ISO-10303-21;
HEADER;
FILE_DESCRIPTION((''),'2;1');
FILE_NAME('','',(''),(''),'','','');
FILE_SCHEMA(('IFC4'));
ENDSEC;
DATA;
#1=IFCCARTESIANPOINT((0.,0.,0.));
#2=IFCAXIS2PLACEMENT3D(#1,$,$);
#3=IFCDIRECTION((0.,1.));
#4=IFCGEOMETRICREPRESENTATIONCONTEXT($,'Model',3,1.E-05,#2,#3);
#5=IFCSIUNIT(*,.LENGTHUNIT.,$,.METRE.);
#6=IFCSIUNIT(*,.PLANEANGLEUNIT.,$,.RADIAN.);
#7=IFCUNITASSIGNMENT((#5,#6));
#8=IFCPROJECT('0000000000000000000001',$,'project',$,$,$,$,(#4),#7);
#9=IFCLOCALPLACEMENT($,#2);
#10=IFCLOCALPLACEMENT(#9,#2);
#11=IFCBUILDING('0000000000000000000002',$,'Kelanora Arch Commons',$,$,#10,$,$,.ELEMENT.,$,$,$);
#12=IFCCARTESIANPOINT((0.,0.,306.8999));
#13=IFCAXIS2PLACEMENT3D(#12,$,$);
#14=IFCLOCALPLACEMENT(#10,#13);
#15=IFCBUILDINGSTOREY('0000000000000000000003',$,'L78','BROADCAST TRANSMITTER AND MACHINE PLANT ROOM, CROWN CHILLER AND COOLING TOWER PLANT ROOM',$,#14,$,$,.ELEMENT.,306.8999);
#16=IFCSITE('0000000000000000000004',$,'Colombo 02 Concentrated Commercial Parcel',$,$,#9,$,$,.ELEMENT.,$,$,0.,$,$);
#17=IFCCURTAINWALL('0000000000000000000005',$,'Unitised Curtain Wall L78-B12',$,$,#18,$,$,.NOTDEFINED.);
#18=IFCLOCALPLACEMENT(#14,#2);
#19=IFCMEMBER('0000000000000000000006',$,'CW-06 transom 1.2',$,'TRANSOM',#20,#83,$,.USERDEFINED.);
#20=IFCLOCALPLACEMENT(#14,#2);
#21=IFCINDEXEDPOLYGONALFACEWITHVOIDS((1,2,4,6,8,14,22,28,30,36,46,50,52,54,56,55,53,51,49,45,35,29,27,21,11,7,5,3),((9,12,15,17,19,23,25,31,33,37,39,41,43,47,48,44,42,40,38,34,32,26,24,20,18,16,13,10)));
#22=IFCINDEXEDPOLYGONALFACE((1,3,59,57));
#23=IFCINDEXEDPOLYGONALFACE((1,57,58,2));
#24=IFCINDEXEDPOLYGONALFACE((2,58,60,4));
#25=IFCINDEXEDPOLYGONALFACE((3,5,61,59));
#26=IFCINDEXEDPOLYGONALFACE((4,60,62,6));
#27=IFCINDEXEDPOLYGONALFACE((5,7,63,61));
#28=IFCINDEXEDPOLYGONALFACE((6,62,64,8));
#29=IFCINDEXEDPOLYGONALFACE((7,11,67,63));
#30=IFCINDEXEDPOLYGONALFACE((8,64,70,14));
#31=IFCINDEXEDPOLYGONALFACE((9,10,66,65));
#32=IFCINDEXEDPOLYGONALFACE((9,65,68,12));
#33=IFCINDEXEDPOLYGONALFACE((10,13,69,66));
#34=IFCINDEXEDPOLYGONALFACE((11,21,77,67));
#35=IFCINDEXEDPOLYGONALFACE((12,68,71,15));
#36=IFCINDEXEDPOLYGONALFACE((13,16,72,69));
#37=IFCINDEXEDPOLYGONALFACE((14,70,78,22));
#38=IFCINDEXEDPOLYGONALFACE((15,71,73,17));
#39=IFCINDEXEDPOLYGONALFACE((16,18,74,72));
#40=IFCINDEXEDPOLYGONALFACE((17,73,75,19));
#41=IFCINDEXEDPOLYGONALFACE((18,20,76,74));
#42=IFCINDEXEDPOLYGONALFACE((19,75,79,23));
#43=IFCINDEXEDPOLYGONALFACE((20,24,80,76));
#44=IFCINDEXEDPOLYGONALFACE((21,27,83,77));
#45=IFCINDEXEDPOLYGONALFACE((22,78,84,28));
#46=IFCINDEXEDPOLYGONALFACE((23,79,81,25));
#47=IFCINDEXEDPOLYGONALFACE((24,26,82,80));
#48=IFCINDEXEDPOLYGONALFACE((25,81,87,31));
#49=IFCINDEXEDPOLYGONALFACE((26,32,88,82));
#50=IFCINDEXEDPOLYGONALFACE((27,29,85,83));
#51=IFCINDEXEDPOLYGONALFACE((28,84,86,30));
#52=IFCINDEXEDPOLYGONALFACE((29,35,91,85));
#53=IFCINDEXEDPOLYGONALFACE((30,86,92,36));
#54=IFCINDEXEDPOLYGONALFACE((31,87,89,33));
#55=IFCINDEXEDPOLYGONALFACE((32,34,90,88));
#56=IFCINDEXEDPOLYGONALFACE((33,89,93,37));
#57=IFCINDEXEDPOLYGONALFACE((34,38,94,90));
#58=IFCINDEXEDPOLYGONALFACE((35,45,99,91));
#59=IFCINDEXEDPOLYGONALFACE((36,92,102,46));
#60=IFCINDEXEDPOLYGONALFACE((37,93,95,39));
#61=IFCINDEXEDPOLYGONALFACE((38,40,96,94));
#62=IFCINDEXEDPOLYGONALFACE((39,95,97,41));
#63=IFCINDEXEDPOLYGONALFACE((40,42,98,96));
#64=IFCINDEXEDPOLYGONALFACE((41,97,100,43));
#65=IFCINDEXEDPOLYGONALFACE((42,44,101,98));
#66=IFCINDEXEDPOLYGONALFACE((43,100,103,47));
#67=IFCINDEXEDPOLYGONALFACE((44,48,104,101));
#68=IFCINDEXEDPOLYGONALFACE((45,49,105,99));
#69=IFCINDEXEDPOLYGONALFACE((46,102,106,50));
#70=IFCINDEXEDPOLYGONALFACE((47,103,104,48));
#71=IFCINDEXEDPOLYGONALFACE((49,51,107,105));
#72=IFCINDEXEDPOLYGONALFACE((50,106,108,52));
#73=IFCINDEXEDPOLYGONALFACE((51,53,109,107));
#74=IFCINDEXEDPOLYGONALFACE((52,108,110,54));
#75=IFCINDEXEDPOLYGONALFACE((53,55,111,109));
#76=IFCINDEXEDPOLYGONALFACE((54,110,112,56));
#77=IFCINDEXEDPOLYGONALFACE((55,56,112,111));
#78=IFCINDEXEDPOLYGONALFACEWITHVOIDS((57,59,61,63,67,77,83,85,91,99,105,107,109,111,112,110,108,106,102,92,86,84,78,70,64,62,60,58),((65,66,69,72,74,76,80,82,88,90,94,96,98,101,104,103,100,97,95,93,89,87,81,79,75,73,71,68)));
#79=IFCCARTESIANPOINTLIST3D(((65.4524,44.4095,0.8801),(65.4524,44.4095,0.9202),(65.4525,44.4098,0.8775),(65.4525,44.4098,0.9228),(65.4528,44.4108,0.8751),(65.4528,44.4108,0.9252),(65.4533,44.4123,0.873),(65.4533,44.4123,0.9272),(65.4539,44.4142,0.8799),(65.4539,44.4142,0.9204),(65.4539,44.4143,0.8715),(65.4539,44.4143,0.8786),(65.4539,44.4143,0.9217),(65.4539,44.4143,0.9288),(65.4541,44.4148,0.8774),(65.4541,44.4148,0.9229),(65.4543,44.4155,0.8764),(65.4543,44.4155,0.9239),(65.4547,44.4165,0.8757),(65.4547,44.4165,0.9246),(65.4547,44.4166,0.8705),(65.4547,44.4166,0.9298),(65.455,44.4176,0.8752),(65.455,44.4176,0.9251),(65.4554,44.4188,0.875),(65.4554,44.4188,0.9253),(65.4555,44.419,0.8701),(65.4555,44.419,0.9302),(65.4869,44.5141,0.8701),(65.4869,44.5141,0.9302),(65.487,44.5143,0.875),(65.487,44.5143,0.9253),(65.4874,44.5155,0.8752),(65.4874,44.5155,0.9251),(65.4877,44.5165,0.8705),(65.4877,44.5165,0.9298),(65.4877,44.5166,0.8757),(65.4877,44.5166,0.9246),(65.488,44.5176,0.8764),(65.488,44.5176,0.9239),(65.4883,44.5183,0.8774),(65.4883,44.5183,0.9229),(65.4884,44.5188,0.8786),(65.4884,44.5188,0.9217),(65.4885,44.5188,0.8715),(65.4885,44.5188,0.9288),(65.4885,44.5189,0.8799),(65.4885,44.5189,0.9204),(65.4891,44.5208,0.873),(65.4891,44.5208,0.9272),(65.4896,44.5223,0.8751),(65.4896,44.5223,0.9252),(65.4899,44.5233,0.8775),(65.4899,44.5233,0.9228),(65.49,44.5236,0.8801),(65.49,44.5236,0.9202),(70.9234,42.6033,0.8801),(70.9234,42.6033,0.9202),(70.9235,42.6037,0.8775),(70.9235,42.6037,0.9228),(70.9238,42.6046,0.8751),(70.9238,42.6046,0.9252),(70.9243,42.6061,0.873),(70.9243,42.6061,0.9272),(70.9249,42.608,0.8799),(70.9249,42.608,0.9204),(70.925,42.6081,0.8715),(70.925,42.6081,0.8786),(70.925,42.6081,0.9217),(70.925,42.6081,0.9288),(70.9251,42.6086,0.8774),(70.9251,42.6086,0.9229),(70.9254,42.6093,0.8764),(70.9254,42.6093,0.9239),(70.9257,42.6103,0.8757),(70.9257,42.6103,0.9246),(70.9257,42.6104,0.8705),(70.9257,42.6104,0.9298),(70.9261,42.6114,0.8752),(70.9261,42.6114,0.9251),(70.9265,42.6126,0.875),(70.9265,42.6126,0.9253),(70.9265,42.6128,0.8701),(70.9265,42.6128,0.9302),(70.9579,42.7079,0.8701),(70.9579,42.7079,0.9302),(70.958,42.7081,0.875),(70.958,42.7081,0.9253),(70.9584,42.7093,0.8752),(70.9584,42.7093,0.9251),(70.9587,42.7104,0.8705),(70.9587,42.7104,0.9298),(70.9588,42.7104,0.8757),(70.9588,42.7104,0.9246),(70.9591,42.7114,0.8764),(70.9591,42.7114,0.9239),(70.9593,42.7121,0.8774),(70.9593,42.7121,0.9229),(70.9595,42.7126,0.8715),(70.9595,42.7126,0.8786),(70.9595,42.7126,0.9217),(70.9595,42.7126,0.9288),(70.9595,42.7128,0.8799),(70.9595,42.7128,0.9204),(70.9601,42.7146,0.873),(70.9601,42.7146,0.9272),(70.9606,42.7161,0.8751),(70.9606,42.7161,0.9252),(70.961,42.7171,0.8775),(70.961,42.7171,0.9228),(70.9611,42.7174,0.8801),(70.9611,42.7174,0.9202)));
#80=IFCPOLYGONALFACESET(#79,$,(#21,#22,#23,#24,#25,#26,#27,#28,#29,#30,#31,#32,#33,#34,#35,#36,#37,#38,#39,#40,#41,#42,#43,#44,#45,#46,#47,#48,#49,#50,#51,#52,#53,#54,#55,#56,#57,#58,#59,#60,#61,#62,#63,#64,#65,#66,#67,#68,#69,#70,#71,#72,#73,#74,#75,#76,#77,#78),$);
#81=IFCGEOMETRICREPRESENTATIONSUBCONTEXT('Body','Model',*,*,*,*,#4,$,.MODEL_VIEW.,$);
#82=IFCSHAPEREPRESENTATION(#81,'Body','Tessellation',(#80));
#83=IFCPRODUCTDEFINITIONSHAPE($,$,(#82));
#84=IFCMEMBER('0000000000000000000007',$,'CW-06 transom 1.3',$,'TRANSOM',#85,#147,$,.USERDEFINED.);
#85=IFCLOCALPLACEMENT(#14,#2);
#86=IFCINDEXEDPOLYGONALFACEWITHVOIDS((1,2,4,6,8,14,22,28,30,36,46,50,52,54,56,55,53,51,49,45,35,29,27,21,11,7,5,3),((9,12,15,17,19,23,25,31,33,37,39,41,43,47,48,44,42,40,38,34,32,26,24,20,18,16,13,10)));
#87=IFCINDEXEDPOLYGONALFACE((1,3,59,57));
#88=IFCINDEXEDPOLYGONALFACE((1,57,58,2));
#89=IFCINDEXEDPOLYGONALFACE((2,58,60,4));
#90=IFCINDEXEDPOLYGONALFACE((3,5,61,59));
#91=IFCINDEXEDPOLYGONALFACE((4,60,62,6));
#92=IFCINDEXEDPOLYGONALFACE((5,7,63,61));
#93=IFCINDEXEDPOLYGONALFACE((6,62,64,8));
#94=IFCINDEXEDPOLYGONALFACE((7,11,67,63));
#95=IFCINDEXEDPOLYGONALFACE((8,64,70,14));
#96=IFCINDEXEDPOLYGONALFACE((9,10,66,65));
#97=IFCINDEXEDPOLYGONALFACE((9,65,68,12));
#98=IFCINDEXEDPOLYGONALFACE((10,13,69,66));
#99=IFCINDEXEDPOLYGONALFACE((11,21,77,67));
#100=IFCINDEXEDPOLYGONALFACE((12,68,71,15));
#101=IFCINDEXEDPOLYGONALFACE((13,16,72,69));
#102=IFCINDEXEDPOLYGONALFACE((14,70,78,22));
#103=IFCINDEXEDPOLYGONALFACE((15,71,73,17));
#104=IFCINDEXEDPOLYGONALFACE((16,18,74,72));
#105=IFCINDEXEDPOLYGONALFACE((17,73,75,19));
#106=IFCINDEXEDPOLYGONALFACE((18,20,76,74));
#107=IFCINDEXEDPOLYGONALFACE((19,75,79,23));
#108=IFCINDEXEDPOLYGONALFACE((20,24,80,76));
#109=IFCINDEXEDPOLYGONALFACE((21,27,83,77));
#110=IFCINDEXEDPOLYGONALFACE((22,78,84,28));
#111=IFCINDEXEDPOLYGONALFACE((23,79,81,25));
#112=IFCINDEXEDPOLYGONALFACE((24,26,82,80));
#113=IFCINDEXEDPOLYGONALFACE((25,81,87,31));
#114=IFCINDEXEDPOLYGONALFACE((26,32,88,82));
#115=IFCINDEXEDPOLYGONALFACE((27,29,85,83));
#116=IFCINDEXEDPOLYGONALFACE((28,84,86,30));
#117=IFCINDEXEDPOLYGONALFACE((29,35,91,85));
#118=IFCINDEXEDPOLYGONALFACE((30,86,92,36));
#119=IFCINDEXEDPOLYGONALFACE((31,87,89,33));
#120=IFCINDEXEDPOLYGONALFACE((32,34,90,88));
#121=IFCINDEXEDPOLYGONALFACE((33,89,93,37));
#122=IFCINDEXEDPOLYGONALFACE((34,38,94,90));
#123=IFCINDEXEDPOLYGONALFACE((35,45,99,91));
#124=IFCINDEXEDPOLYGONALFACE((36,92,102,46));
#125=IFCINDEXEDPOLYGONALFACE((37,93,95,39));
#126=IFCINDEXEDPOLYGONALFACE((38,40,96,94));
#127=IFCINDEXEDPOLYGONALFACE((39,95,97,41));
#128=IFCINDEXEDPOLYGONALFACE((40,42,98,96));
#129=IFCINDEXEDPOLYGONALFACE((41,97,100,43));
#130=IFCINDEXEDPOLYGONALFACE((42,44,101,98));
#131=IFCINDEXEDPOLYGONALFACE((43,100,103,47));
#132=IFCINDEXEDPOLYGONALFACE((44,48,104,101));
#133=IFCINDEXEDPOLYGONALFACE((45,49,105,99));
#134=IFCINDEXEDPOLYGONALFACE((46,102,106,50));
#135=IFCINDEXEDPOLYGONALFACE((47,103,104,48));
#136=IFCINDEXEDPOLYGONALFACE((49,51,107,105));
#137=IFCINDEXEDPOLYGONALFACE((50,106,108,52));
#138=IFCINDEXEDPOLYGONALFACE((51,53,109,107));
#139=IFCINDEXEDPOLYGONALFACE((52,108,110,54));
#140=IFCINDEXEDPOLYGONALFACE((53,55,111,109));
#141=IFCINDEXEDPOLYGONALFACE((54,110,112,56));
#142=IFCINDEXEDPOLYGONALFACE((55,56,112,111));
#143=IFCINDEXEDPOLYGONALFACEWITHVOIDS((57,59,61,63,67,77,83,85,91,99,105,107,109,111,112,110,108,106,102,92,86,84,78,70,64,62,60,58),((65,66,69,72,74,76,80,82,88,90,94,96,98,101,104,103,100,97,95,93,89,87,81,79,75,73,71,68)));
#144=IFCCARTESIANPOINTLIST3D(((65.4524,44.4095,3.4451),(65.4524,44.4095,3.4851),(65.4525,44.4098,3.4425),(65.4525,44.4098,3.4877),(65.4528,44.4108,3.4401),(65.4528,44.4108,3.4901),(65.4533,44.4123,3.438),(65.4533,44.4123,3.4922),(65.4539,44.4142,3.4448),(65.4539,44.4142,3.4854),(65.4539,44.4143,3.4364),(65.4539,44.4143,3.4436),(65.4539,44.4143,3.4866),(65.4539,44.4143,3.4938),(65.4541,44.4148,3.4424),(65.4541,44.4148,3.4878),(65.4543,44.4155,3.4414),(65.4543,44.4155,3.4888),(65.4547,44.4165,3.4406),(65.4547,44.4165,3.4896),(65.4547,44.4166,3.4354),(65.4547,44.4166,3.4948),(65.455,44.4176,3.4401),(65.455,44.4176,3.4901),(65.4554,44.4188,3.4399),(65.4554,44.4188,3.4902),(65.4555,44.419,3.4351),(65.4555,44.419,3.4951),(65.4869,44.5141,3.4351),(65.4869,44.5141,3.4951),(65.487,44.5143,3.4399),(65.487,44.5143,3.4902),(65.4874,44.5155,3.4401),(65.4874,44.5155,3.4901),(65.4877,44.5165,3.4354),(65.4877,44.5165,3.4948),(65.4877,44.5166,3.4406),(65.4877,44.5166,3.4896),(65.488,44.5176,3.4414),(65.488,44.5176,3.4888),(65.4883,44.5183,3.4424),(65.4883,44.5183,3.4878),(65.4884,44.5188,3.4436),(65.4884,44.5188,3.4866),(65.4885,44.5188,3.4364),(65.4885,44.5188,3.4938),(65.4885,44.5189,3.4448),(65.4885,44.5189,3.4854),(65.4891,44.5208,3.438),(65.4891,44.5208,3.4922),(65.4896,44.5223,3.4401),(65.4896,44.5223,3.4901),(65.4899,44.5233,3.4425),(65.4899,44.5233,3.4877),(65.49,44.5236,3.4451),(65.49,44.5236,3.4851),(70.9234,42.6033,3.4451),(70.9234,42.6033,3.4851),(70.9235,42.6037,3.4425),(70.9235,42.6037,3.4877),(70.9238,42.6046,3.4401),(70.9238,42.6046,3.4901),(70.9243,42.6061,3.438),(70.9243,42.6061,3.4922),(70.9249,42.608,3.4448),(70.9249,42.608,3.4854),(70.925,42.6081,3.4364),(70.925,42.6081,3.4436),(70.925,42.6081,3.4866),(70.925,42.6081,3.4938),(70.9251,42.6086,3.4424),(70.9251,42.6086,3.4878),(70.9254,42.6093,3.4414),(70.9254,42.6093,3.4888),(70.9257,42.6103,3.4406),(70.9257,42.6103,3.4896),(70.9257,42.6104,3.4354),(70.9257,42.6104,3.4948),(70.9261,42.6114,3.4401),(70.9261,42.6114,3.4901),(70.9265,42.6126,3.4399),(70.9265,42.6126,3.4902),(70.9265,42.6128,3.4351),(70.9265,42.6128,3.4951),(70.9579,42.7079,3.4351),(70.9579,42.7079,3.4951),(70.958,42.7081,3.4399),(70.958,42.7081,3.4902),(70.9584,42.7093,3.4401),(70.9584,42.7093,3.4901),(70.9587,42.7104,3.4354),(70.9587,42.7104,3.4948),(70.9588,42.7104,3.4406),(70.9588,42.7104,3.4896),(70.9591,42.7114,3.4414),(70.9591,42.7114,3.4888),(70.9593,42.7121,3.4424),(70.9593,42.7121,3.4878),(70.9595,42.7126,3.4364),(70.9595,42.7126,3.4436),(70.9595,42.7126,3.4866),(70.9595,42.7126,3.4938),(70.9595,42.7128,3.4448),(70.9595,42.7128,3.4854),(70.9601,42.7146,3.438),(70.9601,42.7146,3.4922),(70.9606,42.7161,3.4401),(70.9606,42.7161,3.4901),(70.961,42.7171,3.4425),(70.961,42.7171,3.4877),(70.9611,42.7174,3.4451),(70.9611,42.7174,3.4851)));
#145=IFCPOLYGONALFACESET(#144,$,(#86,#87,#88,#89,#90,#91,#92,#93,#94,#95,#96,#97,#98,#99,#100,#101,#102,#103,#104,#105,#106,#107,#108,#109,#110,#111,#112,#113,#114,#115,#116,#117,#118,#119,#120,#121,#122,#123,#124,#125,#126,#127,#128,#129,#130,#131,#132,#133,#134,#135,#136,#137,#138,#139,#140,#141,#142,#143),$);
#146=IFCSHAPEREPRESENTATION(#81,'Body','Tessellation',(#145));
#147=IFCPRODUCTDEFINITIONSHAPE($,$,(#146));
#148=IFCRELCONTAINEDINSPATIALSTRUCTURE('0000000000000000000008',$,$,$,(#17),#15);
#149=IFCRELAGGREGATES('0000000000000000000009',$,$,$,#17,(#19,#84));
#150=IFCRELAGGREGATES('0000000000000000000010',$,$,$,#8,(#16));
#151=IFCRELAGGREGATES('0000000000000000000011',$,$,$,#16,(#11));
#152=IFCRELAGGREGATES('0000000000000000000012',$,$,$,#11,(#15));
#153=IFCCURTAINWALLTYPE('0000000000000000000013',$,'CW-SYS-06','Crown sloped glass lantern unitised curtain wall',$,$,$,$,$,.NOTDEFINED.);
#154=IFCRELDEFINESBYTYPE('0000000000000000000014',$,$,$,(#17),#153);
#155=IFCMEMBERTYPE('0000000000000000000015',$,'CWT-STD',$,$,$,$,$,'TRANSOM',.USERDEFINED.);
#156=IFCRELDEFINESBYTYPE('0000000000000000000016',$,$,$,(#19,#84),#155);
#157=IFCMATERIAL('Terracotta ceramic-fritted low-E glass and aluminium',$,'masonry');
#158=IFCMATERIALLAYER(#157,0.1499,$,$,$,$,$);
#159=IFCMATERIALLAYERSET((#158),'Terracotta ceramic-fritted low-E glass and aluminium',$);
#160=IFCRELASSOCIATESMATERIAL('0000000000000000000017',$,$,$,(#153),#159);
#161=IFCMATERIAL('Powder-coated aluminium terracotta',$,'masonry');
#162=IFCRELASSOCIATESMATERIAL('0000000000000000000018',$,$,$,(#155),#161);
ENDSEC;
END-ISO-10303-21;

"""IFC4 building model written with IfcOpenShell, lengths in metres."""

from ifc_helpers import new_model, si_unit, direction, frame, origin, origin_2d, place, context, subcontext, project, spatial, hollow_rectangle, extrude, material, layer, layer_set, material_profile, profile_set, type_object, element, aggregate, save


model = new_model("IFC4")

# Units and contexts
model_context = context("Model", 3, precision=1e-05, world=origin(), true_north=direction((0.0, 1.0)))
body_context = subcontext(model_context, "Body", "Model", "MODEL_VIEW")
ifc_project = project(units=[si_unit("LENGTHUNIT", "METRE"), si_unit("PLANEANGLEUNIT", "RADIAN")], contexts=[model_context])

# Site, building, storey
site_placement = place(None, origin())
site = spatial("IfcSite", under=ifc_project, at=site_placement, Name="Colombo 02 Concentrated Commercial Parcel", CompositionType="ELEMENT", RefElevation=0.0)
building_placement = place(site_placement, origin())
building = spatial("IfcBuilding", under=site, at=building_placement, Name="Kelanora Arch Commons", CompositionType="ELEMENT")
storey_placement = place(building_placement, frame((0.0, 0.0, 306.8999)))
storey = spatial("IfcBuildingStorey", under=building, at=storey_placement, Name="L78", Description="BROADCAST TRANSMITTER AND MACHINE PLANT ROOM, CROWN CHILLER AND COOLING TOWER PLANT ROOM", CompositionType="ELEMENT", Elevation=306.8999)

# Curtain wall
ifc_material_1 = material(Name="Terracotta ceramic-fritted low-E glass and aluminium", Category="masonry")
ifc_layer_1 = layer(ifc_material_1, 0.1499)
ifc_layer_set_1 = layer_set([ifc_layer_1], Name="Terracotta ceramic-fritted low-E glass and aluminium")
curtain_wall_type = type_object("IfcCurtainWallType", Name="CW-SYS-06", Description="Crown sloped glass lantern unitised curtain wall", PredefinedType="NOTDEFINED", material=ifc_layer_set_1)
curtain_wall_1_placement = place(storey_placement, origin())
curtain_wall_1 = element("IfcCurtainWall", 1, at=curtain_wall_1_placement, inside=storey, type_object=curtain_wall_type, Name="Unitised Curtain Wall L78-B12", PredefinedType="NOTDEFINED")
ifc_material_2 = material(Name="Powder-coated aluminium terracotta", Category="masonry")

# Members
ifc_material_profile_1 = material_profile(ifc_material_2, hollow_rectangle(XDim=0.1201, YDim=0.0601, WallThickness=0.0049, InnerFilletRadius=0.0049, OuterFilletRadius=0.01, at=origin_2d()), Name="CWT120x60")
ifc_profile_set_1 = profile_set([ifc_material_profile_1], Name="Powder-coated aluminium terracotta")
member_type_1 = type_object("IfcMemberType", Name="CWT-STD", ElementType="TRANSOM", PredefinedType="USERDEFINED", material=ifc_profile_set_1)
member_1_placement = place(storey_placement, frame((65.4712, 44.4666, 0.9001), z_axis=(0.94959, -0.313493, 0.0), x_axis=(0.313493, 0.94959, 0.0)))
member_1 = element("IfcMember", 2, at=member_1_placement, type_object=member_type_1, Name="CW-06 transom 1.2", ObjectType="TRANSOM", PredefinedType="USERDEFINED", context=body_context, shape_type="SweptSolid", body=[
    extrude(hollow_rectangle(XDim=0.1201, YDim=0.0601, WallThickness=0.0049, InnerFilletRadius=0.0049, OuterFilletRadius=0.01, at=origin_2d()), origin(), (0.0, 0.0, 1.0), 5.7615),
])
member_2_placement = place(storey_placement, frame((65.4712, 44.4666, 3.4651), z_axis=(0.94959, -0.313493, 0.0), x_axis=(0.313493, 0.94959, 0.0)))
member_2 = element("IfcMember", 3, at=member_2_placement, type_object=member_type_1, Name="CW-06 transom 1.3", ObjectType="TRANSOM", PredefinedType="USERDEFINED", context=body_context, shape_type="SweptSolid", body=[
    extrude(hollow_rectangle(XDim=0.1201, YDim=0.0601, WallThickness=0.0049, InnerFilletRadius=0.0049, OuterFilletRadius=0.01, at=origin_2d()), origin(), (0.0, 0.0, 1.0), 5.7615),
])

aggregate(curtain_wall_1, [member_1, member_2])

save(model, "model.ifc")
